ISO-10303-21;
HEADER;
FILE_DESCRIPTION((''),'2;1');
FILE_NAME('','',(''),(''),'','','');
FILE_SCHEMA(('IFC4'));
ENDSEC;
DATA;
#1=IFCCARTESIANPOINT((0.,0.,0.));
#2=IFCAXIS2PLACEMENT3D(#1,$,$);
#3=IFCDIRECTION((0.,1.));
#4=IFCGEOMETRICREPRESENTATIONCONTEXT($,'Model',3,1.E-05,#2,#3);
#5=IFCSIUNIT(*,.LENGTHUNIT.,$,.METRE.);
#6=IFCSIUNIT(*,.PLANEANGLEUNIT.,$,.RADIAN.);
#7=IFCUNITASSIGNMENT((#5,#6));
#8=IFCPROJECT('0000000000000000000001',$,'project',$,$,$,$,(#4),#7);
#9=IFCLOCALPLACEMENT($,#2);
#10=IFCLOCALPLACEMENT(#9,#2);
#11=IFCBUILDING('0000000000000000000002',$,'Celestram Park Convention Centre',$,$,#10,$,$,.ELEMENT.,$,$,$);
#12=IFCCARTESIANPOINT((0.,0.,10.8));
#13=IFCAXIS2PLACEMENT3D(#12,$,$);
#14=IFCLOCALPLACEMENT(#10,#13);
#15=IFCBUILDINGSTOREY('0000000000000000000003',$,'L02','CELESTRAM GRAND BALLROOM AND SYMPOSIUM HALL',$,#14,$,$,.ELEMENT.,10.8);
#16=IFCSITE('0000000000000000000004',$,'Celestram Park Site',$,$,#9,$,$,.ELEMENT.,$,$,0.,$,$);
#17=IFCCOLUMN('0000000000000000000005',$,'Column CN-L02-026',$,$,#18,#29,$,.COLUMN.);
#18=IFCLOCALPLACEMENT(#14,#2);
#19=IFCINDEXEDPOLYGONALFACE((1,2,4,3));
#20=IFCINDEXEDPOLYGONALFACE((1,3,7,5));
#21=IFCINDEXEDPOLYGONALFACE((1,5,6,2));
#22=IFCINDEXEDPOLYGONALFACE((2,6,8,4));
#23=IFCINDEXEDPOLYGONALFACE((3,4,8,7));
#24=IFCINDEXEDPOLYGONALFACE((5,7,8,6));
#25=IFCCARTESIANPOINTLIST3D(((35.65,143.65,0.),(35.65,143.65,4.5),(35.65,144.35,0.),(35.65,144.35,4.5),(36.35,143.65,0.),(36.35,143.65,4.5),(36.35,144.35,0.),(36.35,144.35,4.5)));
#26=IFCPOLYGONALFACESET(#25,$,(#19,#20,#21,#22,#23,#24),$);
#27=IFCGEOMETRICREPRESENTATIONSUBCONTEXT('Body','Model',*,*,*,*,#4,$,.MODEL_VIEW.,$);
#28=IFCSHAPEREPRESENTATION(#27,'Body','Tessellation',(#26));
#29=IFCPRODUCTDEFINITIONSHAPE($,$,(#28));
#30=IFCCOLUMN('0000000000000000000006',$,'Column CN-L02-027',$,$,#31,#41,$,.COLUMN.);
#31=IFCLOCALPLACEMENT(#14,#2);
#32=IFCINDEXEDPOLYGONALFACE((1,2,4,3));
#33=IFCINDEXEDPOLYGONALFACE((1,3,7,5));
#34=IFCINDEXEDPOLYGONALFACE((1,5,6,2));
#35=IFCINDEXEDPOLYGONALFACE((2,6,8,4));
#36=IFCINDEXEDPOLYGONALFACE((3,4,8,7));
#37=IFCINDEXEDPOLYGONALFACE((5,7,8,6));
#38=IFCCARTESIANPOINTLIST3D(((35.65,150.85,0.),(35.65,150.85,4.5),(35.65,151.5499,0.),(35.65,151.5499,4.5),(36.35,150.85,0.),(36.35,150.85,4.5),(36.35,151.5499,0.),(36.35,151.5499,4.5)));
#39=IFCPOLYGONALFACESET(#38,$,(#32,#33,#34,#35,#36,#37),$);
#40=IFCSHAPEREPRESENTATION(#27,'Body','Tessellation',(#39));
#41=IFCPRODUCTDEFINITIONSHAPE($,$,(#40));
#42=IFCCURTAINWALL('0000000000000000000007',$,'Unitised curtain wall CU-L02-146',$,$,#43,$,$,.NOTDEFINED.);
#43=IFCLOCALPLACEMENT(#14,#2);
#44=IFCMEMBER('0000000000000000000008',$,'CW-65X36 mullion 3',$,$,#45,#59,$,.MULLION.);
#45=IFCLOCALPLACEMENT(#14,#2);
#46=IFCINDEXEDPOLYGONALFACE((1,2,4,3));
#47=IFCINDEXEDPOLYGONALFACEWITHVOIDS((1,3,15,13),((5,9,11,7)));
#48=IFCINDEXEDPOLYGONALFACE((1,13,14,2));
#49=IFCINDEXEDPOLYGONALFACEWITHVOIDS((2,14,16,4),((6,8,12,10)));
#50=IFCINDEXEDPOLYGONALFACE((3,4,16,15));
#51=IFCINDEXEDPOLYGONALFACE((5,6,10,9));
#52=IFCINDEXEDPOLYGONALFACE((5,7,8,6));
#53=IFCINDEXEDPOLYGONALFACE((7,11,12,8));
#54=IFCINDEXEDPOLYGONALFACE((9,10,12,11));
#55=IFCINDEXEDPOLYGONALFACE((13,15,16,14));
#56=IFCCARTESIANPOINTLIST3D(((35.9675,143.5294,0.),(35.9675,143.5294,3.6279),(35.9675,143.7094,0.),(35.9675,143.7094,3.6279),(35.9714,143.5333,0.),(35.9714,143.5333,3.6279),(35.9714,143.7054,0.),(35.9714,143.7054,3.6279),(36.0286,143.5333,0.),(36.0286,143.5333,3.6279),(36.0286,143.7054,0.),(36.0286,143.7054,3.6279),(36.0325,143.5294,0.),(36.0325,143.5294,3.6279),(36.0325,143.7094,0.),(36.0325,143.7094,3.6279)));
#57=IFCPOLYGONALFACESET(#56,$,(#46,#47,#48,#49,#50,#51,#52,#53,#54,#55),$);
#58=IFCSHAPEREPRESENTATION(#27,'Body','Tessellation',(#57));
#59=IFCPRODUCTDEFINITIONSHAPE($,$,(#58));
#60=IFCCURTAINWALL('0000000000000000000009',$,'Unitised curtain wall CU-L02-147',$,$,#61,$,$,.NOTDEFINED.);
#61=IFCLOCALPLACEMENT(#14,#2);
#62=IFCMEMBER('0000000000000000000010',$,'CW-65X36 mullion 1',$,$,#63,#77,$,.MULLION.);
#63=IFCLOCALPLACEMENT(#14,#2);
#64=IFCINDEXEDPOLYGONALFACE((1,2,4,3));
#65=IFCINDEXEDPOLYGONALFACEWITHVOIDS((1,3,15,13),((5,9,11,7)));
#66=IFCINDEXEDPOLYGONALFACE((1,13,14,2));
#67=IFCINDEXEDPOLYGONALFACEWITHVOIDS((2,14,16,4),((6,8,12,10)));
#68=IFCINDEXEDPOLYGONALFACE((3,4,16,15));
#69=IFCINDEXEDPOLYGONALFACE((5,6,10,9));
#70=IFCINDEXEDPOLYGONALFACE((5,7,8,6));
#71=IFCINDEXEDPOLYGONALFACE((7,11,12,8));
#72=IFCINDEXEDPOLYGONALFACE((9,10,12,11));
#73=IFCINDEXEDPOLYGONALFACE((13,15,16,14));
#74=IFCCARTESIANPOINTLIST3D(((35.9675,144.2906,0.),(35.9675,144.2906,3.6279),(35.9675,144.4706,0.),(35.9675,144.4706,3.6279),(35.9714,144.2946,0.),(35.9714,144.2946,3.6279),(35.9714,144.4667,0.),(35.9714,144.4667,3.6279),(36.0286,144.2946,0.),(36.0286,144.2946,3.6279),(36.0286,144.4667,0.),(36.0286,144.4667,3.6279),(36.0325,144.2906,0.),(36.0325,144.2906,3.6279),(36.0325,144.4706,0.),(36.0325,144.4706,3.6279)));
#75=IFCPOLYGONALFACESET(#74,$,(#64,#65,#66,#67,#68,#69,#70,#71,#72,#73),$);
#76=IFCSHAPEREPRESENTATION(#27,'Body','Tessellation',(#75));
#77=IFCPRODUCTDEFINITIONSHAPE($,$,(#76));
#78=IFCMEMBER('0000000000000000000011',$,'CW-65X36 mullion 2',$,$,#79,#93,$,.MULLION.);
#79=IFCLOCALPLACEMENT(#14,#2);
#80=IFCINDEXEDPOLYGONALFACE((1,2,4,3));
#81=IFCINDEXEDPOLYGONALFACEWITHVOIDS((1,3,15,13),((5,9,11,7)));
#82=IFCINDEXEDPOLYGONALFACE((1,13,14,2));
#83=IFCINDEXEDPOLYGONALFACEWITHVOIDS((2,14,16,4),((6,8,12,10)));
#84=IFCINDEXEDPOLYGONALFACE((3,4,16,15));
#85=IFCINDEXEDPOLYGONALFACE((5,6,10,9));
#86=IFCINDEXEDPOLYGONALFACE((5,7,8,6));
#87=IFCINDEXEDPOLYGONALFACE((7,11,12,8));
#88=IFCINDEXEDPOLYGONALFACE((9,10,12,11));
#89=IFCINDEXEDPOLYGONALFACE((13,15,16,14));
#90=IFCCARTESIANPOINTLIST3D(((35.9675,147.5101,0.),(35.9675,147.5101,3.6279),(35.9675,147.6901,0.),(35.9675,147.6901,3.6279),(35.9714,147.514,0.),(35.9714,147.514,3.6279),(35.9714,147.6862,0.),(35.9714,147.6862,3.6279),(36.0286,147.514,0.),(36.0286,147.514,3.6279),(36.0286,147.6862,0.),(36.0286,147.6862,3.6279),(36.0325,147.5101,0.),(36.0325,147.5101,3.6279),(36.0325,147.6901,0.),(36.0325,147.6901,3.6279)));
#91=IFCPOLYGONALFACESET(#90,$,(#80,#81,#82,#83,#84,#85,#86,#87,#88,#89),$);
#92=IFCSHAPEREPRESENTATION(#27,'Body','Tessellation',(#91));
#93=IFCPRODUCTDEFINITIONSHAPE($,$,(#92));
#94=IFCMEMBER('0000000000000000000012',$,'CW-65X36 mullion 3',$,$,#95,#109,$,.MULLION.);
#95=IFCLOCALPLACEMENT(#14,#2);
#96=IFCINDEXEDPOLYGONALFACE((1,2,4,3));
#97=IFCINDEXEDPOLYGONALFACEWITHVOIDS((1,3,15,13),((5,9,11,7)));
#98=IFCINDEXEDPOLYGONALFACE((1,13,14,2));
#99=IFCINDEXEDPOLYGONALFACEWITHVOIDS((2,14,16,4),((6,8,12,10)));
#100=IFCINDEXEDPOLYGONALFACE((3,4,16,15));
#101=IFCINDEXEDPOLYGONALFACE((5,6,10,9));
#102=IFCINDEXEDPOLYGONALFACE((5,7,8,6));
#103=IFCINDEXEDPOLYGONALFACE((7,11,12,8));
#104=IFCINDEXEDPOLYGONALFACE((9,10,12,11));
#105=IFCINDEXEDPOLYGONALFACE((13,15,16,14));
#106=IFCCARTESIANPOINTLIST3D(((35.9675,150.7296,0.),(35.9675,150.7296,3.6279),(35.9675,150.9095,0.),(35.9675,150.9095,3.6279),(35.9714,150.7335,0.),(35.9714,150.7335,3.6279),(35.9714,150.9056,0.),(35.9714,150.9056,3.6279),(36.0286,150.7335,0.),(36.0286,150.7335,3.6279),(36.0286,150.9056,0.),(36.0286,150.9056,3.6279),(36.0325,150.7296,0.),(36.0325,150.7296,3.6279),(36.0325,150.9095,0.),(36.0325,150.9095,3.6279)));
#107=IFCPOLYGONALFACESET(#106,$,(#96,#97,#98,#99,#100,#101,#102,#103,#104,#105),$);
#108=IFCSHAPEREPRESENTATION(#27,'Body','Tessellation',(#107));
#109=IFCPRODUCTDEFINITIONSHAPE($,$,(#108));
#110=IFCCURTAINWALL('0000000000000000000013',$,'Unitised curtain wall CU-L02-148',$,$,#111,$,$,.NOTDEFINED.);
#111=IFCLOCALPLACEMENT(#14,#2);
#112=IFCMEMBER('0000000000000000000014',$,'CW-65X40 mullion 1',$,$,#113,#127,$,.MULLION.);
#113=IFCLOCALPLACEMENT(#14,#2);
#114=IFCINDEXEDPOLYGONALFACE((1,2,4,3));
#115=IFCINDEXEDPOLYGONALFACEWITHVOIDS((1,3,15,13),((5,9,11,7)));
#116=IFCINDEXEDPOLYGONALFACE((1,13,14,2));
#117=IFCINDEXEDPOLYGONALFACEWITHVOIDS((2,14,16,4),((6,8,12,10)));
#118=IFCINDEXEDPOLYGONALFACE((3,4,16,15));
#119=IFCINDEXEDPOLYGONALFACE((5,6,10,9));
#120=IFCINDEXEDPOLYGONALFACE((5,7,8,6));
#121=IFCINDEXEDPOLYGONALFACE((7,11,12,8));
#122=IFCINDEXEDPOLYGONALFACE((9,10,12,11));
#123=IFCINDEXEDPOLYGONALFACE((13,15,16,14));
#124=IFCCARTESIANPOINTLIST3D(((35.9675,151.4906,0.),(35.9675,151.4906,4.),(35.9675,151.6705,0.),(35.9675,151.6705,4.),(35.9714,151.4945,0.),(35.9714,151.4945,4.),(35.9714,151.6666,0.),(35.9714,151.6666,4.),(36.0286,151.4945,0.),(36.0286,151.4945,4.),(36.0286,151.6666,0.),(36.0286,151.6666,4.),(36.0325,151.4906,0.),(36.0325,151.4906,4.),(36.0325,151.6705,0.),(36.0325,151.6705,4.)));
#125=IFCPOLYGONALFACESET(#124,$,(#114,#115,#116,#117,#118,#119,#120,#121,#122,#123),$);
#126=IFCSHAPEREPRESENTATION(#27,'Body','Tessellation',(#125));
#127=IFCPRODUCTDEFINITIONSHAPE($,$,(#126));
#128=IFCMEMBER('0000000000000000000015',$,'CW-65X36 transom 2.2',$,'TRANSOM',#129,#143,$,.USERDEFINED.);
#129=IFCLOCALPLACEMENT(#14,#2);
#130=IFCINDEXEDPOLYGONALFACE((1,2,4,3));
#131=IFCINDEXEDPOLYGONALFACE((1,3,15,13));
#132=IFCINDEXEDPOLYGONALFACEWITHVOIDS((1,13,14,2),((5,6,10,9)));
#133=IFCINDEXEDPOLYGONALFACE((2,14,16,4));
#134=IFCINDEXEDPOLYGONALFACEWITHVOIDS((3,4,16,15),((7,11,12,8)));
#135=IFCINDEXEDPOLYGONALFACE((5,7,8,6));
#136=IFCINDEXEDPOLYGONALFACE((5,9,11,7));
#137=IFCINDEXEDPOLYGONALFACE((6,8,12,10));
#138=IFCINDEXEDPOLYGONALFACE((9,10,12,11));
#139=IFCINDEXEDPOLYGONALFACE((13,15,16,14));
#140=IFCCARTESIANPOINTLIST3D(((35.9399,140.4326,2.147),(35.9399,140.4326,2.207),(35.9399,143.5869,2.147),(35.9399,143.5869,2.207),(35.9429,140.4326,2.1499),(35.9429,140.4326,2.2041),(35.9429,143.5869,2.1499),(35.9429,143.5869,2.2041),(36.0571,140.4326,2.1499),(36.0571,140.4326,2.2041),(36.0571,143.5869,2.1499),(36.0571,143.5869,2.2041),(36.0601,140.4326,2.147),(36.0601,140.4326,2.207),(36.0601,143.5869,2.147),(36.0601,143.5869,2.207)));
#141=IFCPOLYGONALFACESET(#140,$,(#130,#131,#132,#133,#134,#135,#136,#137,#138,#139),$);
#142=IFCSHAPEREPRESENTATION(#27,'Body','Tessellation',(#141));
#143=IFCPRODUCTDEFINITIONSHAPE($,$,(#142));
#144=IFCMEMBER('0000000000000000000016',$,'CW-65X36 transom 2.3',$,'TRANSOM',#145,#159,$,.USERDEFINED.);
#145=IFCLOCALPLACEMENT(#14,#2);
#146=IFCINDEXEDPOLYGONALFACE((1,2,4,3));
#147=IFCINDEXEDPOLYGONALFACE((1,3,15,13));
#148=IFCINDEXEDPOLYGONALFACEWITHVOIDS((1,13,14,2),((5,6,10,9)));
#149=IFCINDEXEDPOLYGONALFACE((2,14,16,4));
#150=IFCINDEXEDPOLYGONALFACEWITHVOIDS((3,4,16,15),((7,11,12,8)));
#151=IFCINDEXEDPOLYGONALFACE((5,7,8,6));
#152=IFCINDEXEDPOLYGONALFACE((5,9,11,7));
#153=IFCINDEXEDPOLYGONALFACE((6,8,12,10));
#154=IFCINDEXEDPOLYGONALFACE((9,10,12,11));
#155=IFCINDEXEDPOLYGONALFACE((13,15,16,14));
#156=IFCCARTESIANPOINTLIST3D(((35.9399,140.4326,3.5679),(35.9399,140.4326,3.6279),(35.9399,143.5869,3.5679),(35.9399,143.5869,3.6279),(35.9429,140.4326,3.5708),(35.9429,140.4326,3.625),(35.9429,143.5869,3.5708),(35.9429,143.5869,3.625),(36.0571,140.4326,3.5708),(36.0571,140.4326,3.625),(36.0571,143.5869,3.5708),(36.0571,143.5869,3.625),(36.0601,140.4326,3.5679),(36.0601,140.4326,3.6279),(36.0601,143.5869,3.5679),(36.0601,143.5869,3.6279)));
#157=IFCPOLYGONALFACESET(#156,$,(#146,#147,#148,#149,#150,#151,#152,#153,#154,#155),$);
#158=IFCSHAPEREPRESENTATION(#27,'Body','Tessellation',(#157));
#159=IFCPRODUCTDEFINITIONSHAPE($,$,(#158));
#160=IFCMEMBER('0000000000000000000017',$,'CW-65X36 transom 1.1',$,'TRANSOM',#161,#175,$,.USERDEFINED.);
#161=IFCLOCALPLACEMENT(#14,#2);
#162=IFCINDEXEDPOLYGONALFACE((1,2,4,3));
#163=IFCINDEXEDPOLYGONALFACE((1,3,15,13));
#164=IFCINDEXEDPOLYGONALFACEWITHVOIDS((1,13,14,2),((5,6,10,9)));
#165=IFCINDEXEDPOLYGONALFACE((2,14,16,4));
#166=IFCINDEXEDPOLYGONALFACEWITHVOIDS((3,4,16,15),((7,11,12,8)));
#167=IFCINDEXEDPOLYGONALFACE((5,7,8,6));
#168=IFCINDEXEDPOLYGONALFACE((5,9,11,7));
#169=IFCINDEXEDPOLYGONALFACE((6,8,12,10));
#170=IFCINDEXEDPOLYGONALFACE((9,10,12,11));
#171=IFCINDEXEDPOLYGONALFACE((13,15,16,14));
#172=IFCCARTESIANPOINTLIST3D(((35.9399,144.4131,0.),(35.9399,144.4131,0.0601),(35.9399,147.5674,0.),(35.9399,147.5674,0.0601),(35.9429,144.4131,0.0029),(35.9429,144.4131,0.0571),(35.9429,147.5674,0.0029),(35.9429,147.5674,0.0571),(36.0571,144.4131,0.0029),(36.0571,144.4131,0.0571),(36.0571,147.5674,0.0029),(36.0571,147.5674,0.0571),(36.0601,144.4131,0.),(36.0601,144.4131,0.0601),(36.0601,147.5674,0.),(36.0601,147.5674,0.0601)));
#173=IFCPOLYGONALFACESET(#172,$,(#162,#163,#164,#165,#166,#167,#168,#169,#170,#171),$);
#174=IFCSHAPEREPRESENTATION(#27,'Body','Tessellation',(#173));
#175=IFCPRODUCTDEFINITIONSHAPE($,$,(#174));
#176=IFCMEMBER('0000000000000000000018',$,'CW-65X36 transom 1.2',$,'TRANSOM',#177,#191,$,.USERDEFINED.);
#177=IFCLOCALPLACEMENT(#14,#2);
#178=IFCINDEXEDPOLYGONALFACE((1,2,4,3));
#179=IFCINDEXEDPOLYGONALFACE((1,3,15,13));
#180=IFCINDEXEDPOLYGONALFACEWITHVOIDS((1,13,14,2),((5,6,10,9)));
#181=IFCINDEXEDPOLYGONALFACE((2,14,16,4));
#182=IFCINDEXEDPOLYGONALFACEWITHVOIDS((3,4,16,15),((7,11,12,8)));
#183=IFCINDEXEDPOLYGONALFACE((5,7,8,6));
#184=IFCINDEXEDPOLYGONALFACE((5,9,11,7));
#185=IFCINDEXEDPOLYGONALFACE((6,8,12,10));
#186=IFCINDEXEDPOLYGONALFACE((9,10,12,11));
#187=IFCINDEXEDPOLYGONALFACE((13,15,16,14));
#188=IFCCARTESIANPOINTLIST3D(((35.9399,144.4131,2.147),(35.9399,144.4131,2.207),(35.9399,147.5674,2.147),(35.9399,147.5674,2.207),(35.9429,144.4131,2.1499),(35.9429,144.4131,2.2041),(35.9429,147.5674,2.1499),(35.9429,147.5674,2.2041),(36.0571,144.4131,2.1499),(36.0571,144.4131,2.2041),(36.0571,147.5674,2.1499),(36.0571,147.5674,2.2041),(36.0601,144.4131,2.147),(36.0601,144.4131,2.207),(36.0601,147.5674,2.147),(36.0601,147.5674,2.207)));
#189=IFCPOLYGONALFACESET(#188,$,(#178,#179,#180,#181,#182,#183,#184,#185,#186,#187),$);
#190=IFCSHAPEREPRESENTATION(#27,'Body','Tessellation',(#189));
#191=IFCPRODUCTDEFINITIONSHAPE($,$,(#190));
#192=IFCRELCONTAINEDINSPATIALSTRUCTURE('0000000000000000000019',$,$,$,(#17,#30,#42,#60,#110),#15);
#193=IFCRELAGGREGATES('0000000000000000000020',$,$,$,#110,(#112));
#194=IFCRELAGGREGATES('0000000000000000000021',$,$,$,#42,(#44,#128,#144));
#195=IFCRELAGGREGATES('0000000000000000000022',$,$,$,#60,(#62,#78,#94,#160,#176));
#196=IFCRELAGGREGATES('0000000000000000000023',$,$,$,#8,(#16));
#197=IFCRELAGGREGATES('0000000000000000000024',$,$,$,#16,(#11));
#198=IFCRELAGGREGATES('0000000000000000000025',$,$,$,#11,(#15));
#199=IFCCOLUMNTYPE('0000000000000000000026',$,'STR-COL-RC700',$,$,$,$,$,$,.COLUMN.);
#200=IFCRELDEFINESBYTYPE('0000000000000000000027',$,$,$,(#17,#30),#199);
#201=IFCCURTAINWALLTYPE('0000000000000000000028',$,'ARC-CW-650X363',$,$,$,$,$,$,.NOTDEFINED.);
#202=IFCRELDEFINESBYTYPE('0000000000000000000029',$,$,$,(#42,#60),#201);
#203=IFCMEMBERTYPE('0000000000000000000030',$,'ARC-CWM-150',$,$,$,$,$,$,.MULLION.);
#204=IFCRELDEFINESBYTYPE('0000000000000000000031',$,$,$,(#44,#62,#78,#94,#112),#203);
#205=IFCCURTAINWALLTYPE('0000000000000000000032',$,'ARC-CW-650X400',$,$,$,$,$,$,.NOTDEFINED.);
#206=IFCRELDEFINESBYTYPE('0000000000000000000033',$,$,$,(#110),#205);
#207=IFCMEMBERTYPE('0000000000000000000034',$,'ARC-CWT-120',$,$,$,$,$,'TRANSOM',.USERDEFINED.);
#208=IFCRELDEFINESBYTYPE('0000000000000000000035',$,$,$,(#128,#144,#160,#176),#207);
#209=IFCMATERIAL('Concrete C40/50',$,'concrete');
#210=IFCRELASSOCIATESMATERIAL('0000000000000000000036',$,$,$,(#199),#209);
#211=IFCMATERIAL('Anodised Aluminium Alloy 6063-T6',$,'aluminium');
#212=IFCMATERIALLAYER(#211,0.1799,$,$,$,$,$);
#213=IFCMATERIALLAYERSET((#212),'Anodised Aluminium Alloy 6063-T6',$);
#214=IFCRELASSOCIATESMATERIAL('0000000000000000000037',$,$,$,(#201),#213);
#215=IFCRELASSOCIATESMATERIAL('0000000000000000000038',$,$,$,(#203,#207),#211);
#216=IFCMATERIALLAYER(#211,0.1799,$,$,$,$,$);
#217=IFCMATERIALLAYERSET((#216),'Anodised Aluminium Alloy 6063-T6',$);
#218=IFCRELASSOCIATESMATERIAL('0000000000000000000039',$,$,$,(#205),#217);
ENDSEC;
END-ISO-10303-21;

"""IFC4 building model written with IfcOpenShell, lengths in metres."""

from ifc_helpers import new_model, si_unit, direction, frame, origin, origin_2d, place, context, subcontext, project, spatial, rectangle, hollow_rectangle, extrude, material, layer, layer_set, material_profile, profile_set, type_object, element, aggregate, save


model = new_model("IFC4")

# Units and contexts
model_context = context("Model", 3, precision=1e-05, world=origin(), true_north=direction((0.0, 1.0)))
body_context = subcontext(model_context, "Body", "Model", "MODEL_VIEW")
ifc_project = project(units=[si_unit("LENGTHUNIT", "METRE"), si_unit("PLANEANGLEUNIT", "RADIAN")], contexts=[model_context])

# Site, building, storey
site_placement = place(None, origin())
site = spatial("IfcSite", under=ifc_project, at=site_placement, Name="Celestram Park Site", CompositionType="ELEMENT", RefElevation=0.0)
building_placement = place(site_placement, origin())
building = spatial("IfcBuilding", under=site, at=building_placement, Name="Celestram Park Convention Centre", CompositionType="ELEMENT")
storey_placement = place(building_placement, frame((0.0, 0.0, 10.8)))
storey = spatial("IfcBuildingStorey", under=building, at=storey_placement, Name="L02", Description="CELESTRAM GRAND BALLROOM AND SYMPOSIUM HALL", CompositionType="ELEMENT", Elevation=10.8)

# Columns
ifc_material_1 = material(Name="Concrete C40/50", Category="concrete")
ifc_material_profile_1 = material_profile(ifc_material_1, rectangle(XDim=0.7, YDim=0.7, at=origin_2d()), Name="RC700X700")
ifc_profile_set_1 = profile_set([ifc_material_profile_1], Name="Concrete C40/50")
column_type = type_object("IfcColumnType", Name="STR-COL-RC700", PredefinedType="COLUMN", material=ifc_profile_set_1)
for number, where, z_axis, x_axis, name in (
    (1, (36.0, 144.0, 0.0), (0.0, 0.0, 1.0), (1.0, 0.0, 0.0), "Column CN-L02-026"),
    (2, (36.0, 151.2, 0.0), (0.0, 0.0, 1.0), (1.0, 0.0, 0.0), "Column CN-L02-027"),
):
    element("IfcColumn", number, at=place(storey_placement, frame(where, z_axis=z_axis, x_axis=x_axis)), inside=storey, type_object=column_type, Name=name, PredefinedType="COLUMN", context=body_context, shape_type="SweptSolid", body=[
        extrude(rectangle(XDim=0.7, YDim=0.7, at=origin_2d()), origin(), (0.0, 0.0, 1.0), 4.5),
    ])

# Curtain wall, member
ifc_material_2 = material(Name="Anodised Aluminium Alloy 6063-T6", Category="aluminium")
ifc_layer_1 = layer(ifc_material_2, 0.1799)
ifc_layer_set_1 = layer_set([ifc_layer_1], Name="Anodised Aluminium Alloy 6063-T6")
curtain_wall_type_1 = type_object("IfcCurtainWallType", Name="ARC-CW-650X363", PredefinedType="NOTDEFINED", material=ifc_layer_set_1)
curtain_wall_1_placement = place(storey_placement, origin())
curtain_wall_1 = element("IfcCurtainWall", 3, at=curtain_wall_1_placement, inside=storey, type_object=curtain_wall_type_1, Name="Unitised curtain wall CU-L02-146", PredefinedType="NOTDEFINED")
ifc_material_profile_2 = material_profile(ifc_material_2, hollow_rectangle(XDim=0.0649, YDim=0.1799, WallThickness=0.0039, at=origin_2d()), Name="ALU65X180X4")
ifc_profile_set_2 = profile_set([ifc_material_profile_2], Name="Anodised Aluminium Alloy 6063-T6")
member_type_1 = type_object("IfcMemberType", Name="ARC-CWM-150", PredefinedType="MULLION", material=ifc_profile_set_2)
member_1_placement = place(storey_placement, frame((36.0, 143.6194, 0.0), z_axis=(0.0, 0.0, 1.0), x_axis=(-1.0, 0.0, 0.0)))
member_1 = element("IfcMember", 4, at=member_1_placement, type_object=member_type_1, Name="CW-65X36 mullion 3", PredefinedType="MULLION", context=body_context, shape_type="SweptSolid", body=[
    extrude(hollow_rectangle(XDim=0.0649, YDim=0.1799, WallThickness=0.0039, at=origin_2d()), origin(), (0.0, 0.0, 1.0), 3.6279),
])

# Curtain wall, members
curtain_wall_2_placement = place(storey_placement, origin())
curtain_wall_2 = element("IfcCurtainWall", 5, at=curtain_wall_2_placement, inside=storey, type_object=curtain_wall_type_1, Name="Unitised curtain wall CU-L02-147", PredefinedType="NOTDEFINED")
member_2_placement = place(storey_placement, frame((36.0, 144.3806, 0.0), z_axis=(0.0, 0.0, 1.0), x_axis=(-1.0, 0.0, 0.0)))
member_2 = element("IfcMember", 6, at=member_2_placement, type_object=member_type_1, Name="CW-65X36 mullion 1", PredefinedType="MULLION", context=body_context, shape_type="SweptSolid", body=[
    extrude(hollow_rectangle(XDim=0.0649, YDim=0.1799, WallThickness=0.0039, at=origin_2d()), origin(), (0.0, 0.0, 1.0), 3.6279),
])
member_3_placement = place(storey_placement, frame((36.0, 147.6001, 0.0), z_axis=(0.0, 0.0, 1.0), x_axis=(-1.0, 0.0, 0.0)))
member_3 = element("IfcMember", 7, at=member_3_placement, type_object=member_type_1, Name="CW-65X36 mullion 2", PredefinedType="MULLION", context=body_context, shape_type="SweptSolid", body=[
    extrude(hollow_rectangle(XDim=0.0649, YDim=0.1799, WallThickness=0.0039, at=origin_2d()), origin(), (0.0, 0.0, 1.0), 3.6279),
])
member_4_placement = place(storey_placement, frame((36.0, 150.8196, 0.0), z_axis=(0.0, 0.0, 1.0), x_axis=(-1.0, 0.0, 0.0)))
member_4 = element("IfcMember", 8, at=member_4_placement, type_object=member_type_1, Name="CW-65X36 mullion 3", PredefinedType="MULLION", context=body_context, shape_type="SweptSolid", body=[
    extrude(hollow_rectangle(XDim=0.0649, YDim=0.1799, WallThickness=0.0039, at=origin_2d()), origin(), (0.0, 0.0, 1.0), 3.6279),
])

# Curtain wall, member
ifc_layer_2 = layer(ifc_material_2, 0.1799)
ifc_layer_set_2 = layer_set([ifc_layer_2], Name="Anodised Aluminium Alloy 6063-T6")
curtain_wall_type_2 = type_object("IfcCurtainWallType", Name="ARC-CW-650X400", PredefinedType="NOTDEFINED", material=ifc_layer_set_2)
curtain_wall_3_placement = place(storey_placement, origin())
curtain_wall_3 = element("IfcCurtainWall", 9, at=curtain_wall_3_placement, inside=storey, type_object=curtain_wall_type_2, Name="Unitised curtain wall CU-L02-148", PredefinedType="NOTDEFINED")
member_5_placement = place(storey_placement, frame((36.0, 151.5806, 0.0), z_axis=(0.0, 0.0, 1.0), x_axis=(-1.0, 0.0, 0.0)))
member_5 = element("IfcMember", 10, at=member_5_placement, type_object=member_type_1, Name="CW-65X40 mullion 1", PredefinedType="MULLION", context=body_context, shape_type="SweptSolid", body=[
    extrude(hollow_rectangle(XDim=0.0649, YDim=0.1799, WallThickness=0.0039, at=origin_2d()), origin(), (0.0, 0.0, 1.0), 4.0),
])

# Members
ifc_material_profile_3 = material_profile(ifc_material_2, hollow_rectangle(XDim=0.1201, YDim=0.0601, WallThickness=0.0029, at=origin_2d()), Name="ALU120X60X3")
ifc_profile_set_3 = profile_set([ifc_material_profile_3], Name="Anodised Aluminium Alloy 6063-T6")
member_type_2 = type_object("IfcMemberType", Name="ARC-CWT-120", ElementType="TRANSOM", PredefinedType="USERDEFINED", material=ifc_profile_set_3)
member_6_placement = place(storey_placement, frame((36.0, 140.4326, 2.177), z_axis=(0.0, 1.0, 0.0), x_axis=(-1.0, 0.0, 0.0)))
member_6 = element("IfcMember", 11, at=member_6_placement, type_object=member_type_2, Name="CW-65X36 transom 2.2", ObjectType="TRANSOM", PredefinedType="USERDEFINED", context=body_context, shape_type="SweptSolid", body=[
    extrude(hollow_rectangle(XDim=0.1201, YDim=0.0601, WallThickness=0.0029, at=origin_2d()), origin(), (0.0, 0.0, 1.0), 3.1543),
])
member_7_placement = place(storey_placement, frame((36.0, 140.4326, 3.5979), z_axis=(0.0, 1.0, 0.0), x_axis=(-1.0, 0.0, 0.0)))
member_7 = element("IfcMember", 12, at=member_7_placement, type_object=member_type_2, Name="CW-65X36 transom 2.3", ObjectType="TRANSOM", PredefinedType="USERDEFINED", context=body_context, shape_type="SweptSolid", body=[
    extrude(hollow_rectangle(XDim=0.1201, YDim=0.0601, WallThickness=0.0029, at=origin_2d()), origin(), (0.0, 0.0, 1.0), 3.1543),
])
member_8_placement = place(storey_placement, frame((36.0, 144.4131, 0.03), z_axis=(0.0, 1.0, 0.0), x_axis=(-1.0, 0.0, 0.0)))
member_8 = element("IfcMember", 13, at=member_8_placement, type_object=member_type_2, Name="CW-65X36 transom 1.1", ObjectType="TRANSOM", PredefinedType="USERDEFINED", context=body_context, shape_type="SweptSolid", body=[
    extrude(hollow_rectangle(XDim=0.1201, YDim=0.0601, WallThickness=0.0029, at=origin_2d()), origin(), (0.0, 0.0, 1.0), 3.1543),
])
member_9_placement = place(storey_placement, frame((36.0, 144.4131, 2.177), z_axis=(0.0, 1.0, 0.0), x_axis=(-1.0, 0.0, 0.0)))
member_9 = element("IfcMember", 14, at=member_9_placement, type_object=member_type_2, Name="CW-65X36 transom 1.2", ObjectType="TRANSOM", PredefinedType="USERDEFINED", context=body_context, shape_type="SweptSolid", body=[
    extrude(hollow_rectangle(XDim=0.1201, YDim=0.0601, WallThickness=0.0029, at=origin_2d()), origin(), (0.0, 0.0, 1.0), 3.1543),
])
aggregate(curtain_wall_3, [member_5])

aggregate(curtain_wall_1, [member_1, member_6, member_7])
aggregate(curtain_wall_2, [member_2, member_3, member_4, member_8, member_9])

save(model, "model.ifc")
